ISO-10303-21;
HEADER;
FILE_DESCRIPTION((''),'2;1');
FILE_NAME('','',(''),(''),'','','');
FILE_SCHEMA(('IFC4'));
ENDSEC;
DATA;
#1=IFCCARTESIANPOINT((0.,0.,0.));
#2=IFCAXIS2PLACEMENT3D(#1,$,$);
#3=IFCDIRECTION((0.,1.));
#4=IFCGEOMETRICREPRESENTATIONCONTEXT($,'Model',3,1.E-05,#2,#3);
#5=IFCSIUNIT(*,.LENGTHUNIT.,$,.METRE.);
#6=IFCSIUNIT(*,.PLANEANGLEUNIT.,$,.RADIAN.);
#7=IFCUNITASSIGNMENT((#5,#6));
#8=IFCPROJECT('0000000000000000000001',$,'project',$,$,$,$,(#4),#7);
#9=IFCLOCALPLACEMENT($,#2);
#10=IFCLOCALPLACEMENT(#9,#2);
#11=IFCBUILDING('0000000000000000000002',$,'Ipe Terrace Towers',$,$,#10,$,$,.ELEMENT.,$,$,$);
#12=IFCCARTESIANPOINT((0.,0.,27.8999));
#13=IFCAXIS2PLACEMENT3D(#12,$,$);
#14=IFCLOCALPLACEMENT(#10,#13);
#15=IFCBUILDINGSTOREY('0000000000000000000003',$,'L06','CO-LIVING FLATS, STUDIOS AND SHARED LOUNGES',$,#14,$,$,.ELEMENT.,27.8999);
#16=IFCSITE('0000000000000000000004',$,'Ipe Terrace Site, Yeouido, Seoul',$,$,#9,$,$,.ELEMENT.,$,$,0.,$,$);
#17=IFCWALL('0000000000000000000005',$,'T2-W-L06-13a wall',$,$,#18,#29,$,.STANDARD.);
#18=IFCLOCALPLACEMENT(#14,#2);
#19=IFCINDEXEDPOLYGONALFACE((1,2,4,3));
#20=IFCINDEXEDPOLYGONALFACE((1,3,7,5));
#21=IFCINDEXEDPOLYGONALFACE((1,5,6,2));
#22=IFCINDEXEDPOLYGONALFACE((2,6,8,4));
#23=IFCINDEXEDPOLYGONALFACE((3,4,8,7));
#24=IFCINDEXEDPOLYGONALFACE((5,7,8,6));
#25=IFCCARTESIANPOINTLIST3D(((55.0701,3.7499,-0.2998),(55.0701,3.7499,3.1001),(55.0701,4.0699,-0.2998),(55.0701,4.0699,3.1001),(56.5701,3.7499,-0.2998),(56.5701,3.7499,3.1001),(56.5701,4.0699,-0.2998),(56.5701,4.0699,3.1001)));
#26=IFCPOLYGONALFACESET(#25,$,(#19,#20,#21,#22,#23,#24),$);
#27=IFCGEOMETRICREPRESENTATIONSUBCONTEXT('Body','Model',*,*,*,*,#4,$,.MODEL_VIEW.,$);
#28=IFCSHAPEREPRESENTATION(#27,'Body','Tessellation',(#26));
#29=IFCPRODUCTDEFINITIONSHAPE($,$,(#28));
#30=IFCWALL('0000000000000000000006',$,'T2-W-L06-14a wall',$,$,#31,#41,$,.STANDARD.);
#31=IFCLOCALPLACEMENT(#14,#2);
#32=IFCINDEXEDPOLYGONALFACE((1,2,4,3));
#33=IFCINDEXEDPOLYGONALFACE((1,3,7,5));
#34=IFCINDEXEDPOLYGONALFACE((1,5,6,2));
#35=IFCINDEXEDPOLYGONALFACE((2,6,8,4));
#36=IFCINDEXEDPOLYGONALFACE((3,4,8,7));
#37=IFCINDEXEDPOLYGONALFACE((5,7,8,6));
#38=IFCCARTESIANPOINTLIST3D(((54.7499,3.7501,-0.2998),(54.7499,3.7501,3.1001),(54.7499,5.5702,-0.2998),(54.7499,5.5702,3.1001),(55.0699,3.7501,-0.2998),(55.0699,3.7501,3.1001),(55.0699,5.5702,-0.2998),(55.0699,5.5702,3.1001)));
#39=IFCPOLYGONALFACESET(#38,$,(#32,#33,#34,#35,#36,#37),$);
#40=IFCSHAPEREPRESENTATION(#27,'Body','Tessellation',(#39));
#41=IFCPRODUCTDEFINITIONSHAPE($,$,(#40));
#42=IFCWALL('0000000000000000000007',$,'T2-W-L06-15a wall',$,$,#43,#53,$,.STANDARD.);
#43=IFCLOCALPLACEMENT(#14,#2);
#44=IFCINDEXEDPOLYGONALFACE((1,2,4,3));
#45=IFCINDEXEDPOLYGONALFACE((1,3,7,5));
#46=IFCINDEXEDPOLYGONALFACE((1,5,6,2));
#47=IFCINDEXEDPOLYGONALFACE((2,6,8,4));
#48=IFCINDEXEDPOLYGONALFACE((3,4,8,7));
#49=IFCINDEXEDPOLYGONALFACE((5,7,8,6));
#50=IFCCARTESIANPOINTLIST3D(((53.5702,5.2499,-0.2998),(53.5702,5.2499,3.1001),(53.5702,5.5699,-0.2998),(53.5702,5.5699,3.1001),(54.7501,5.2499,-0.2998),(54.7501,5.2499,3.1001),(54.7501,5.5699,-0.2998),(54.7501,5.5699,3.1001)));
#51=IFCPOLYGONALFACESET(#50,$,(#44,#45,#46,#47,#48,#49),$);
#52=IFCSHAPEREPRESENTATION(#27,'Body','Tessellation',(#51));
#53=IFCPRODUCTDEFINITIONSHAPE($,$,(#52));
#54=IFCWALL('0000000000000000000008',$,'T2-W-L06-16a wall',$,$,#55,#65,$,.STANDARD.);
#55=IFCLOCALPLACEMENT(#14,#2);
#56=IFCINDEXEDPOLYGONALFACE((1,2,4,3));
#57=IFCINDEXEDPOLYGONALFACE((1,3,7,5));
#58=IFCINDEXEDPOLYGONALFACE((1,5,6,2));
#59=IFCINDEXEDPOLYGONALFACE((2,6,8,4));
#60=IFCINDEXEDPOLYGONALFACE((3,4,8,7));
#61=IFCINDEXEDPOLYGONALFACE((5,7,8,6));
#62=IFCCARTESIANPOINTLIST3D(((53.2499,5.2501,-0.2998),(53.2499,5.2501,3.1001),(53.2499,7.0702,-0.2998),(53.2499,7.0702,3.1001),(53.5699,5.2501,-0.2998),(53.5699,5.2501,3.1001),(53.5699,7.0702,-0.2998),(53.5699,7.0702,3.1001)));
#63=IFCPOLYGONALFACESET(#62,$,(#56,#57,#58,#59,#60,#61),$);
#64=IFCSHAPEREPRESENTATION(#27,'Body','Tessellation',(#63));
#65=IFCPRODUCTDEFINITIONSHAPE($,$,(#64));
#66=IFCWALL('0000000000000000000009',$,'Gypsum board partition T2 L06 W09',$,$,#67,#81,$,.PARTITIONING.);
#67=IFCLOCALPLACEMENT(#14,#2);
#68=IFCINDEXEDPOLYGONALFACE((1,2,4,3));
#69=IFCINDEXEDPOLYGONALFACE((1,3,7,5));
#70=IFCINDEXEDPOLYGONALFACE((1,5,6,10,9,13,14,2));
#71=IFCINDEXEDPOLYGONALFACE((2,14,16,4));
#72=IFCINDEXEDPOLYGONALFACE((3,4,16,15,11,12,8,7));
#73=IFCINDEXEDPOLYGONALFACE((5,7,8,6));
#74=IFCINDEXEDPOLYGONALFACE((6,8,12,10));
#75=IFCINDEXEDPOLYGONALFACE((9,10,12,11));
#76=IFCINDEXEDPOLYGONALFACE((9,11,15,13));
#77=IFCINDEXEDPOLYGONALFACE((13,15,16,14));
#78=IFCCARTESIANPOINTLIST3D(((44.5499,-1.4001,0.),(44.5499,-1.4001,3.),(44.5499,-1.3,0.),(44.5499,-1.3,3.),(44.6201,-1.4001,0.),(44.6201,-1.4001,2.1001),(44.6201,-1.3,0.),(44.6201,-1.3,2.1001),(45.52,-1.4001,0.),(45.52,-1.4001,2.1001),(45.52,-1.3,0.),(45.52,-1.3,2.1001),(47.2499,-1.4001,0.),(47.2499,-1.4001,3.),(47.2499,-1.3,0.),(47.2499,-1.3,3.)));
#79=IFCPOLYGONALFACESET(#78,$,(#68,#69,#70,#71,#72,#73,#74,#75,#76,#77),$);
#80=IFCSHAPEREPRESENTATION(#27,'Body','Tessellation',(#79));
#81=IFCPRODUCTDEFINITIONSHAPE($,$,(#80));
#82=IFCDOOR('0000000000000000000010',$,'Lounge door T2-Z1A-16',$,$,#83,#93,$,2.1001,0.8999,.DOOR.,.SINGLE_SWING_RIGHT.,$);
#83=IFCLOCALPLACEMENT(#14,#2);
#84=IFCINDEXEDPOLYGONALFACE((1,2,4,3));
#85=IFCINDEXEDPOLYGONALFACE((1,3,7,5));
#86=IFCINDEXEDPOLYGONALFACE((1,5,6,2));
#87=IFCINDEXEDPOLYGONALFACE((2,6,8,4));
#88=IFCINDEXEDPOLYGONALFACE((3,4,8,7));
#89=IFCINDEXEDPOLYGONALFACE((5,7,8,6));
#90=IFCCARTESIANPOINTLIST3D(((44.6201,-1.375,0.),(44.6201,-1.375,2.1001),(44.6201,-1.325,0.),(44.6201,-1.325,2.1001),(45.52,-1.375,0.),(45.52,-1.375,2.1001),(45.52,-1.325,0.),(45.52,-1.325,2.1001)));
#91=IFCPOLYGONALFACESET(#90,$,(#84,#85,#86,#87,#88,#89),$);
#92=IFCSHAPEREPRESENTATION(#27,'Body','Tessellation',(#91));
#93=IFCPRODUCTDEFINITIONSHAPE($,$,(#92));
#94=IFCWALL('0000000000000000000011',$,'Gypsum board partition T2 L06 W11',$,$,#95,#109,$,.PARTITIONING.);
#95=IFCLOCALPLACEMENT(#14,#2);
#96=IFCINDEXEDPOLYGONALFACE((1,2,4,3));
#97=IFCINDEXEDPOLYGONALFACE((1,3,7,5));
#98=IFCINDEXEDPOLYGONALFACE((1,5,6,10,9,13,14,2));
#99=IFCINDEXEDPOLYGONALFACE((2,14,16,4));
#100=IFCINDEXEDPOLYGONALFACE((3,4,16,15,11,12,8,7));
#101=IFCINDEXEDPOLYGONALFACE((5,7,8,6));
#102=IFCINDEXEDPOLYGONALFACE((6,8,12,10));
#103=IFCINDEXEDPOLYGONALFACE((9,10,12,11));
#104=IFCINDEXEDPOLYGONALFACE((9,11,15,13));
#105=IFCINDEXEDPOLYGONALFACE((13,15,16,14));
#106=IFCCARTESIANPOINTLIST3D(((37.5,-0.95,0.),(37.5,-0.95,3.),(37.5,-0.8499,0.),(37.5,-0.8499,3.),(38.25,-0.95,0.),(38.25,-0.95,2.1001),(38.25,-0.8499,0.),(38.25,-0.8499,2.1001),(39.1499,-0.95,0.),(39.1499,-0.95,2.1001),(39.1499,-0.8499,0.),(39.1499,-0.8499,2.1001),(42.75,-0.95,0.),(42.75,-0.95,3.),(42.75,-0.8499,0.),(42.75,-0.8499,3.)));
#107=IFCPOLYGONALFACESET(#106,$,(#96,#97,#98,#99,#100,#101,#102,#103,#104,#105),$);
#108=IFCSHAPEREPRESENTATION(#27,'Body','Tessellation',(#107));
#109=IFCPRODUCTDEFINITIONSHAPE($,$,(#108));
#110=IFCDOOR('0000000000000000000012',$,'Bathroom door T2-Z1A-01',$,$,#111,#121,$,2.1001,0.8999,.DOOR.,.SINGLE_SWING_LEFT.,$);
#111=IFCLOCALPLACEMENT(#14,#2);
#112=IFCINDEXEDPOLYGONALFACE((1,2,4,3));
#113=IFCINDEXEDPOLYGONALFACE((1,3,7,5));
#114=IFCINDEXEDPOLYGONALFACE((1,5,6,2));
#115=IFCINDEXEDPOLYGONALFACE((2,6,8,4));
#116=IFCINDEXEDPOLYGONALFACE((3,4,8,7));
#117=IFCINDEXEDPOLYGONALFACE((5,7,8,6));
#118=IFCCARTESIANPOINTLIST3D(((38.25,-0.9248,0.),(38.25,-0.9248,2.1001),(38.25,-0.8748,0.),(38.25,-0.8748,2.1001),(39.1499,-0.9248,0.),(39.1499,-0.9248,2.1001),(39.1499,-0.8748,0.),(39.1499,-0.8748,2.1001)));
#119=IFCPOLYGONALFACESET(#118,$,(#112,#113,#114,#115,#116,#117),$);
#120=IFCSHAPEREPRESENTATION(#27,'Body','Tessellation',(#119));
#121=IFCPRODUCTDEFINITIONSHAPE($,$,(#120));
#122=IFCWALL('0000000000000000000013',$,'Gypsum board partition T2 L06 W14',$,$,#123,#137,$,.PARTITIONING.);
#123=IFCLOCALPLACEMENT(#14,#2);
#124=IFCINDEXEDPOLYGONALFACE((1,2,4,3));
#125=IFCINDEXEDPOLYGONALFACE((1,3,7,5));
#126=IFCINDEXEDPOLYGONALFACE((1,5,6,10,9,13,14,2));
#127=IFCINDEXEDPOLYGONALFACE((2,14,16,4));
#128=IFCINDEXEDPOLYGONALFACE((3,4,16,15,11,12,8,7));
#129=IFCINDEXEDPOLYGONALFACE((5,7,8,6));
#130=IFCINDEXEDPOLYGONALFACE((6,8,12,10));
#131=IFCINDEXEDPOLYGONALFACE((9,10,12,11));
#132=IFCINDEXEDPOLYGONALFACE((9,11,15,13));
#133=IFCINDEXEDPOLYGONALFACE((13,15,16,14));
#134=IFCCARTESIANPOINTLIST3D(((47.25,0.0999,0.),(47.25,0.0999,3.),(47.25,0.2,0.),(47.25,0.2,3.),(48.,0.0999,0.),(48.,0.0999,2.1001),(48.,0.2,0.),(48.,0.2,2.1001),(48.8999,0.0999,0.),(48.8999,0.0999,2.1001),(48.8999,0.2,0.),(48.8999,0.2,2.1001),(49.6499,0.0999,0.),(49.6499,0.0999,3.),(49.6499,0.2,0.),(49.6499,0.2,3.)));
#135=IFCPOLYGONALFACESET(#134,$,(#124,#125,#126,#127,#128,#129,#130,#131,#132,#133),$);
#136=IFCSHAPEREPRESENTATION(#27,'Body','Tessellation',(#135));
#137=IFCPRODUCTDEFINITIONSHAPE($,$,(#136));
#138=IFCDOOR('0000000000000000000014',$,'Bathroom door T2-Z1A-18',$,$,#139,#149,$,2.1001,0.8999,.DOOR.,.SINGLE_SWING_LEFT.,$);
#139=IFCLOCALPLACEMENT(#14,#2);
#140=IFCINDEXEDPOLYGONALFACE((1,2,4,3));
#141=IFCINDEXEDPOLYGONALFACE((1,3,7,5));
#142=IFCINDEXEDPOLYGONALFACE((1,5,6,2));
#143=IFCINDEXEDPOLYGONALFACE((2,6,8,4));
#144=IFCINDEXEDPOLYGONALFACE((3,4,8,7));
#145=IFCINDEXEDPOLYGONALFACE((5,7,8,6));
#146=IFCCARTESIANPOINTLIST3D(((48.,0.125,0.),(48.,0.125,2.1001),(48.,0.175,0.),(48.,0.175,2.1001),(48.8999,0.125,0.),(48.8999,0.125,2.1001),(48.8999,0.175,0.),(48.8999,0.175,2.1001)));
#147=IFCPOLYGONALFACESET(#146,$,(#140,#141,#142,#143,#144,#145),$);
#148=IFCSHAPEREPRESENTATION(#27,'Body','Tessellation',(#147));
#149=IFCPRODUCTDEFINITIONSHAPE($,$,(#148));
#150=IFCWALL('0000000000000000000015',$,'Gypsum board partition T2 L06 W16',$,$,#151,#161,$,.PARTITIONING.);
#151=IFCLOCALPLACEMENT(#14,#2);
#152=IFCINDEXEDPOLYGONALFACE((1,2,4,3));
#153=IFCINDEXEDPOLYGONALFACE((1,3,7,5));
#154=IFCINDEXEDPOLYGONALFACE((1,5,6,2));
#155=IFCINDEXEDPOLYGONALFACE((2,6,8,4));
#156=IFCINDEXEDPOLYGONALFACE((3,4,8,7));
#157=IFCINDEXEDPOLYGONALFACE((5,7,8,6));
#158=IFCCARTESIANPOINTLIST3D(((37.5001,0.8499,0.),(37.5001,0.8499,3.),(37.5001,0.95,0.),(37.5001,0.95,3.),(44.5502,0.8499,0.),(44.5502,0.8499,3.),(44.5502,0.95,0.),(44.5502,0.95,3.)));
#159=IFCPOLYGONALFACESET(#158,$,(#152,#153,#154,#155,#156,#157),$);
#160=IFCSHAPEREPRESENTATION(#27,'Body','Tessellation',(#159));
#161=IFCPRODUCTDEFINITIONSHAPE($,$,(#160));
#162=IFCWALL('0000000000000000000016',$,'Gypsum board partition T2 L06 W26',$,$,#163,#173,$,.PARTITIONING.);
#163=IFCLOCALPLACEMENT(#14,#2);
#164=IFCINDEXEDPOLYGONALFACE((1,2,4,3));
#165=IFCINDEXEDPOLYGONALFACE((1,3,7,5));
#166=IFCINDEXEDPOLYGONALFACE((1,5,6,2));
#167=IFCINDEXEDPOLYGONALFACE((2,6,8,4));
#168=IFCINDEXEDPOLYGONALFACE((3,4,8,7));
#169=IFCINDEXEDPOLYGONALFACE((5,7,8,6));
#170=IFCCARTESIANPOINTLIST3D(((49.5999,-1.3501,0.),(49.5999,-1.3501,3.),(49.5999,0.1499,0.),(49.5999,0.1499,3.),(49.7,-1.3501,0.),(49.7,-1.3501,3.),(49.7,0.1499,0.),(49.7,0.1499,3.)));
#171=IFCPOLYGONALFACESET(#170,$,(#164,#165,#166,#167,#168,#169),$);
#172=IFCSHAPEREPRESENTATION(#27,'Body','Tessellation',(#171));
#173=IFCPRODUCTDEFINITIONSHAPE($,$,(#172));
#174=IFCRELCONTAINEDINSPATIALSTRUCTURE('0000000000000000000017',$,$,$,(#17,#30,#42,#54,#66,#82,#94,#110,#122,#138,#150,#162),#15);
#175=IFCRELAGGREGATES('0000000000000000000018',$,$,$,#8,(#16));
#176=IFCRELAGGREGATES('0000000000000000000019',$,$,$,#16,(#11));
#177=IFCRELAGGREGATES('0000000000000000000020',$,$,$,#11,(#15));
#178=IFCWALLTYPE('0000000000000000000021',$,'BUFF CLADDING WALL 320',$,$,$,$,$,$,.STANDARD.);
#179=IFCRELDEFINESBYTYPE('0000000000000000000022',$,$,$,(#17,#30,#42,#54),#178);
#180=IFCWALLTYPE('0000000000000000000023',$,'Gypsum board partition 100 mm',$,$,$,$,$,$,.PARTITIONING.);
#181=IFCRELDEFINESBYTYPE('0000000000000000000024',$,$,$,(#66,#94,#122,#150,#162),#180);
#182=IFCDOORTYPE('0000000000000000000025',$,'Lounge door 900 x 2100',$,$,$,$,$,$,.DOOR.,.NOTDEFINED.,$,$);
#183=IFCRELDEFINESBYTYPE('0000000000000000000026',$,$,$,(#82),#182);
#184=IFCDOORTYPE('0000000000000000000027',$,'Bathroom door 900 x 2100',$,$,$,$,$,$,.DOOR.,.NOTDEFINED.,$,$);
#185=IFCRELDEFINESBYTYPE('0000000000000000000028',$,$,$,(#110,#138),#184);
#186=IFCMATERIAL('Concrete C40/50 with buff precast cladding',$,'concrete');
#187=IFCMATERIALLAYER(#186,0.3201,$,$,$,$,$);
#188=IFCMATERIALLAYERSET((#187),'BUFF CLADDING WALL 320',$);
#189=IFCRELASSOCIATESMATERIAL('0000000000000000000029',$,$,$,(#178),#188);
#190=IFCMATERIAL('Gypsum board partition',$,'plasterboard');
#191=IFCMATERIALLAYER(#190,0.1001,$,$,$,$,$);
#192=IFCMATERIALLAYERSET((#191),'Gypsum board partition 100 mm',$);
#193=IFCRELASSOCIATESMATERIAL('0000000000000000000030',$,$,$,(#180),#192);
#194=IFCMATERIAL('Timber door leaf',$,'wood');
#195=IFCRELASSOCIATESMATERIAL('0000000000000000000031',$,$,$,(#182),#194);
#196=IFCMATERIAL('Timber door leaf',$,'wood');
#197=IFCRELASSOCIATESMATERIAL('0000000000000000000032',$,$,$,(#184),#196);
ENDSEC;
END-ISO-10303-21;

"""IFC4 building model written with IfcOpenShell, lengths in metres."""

from ifc_helpers import new_model, si_unit, direction, frame, frame_2d, origin, place, context, subcontext, project, spatial, rectangle, extrude, material, layer, layer_set, type_object, element, fill, save


model = new_model("IFC4")

# Units and contexts
model_context = context("Model", 3, precision=1e-05, world=origin(), true_north=direction((0.0, 1.0)))
body_context = subcontext(model_context, "Body", "Model", "MODEL_VIEW")
ifc_project = project(units=[si_unit("LENGTHUNIT", "METRE"), si_unit("PLANEANGLEUNIT", "RADIAN")], contexts=[model_context])

# Site, building, storey
site_placement = place(None, origin())
site = spatial("IfcSite", under=ifc_project, at=site_placement, Name="Ipe Terrace Site, Yeouido, Seoul", CompositionType="ELEMENT", RefElevation=0.0)
building_placement = place(site_placement, origin())
building = spatial("IfcBuilding", under=site, at=building_placement, Name="Ipe Terrace Towers", CompositionType="ELEMENT")
storey_placement = place(building_placement, frame((0.0, 0.0, 27.8999)))
storey = spatial("IfcBuildingStorey", under=building, at=storey_placement, Name="L06", Description="CO-LIVING FLATS, STUDIOS AND SHARED LOUNGES", CompositionType="ELEMENT", Elevation=27.8999)

# Walls
ifc_material_1 = material(Name="Concrete C40/50 with buff precast cladding", Category="concrete")
ifc_layer_1 = layer(ifc_material_1, 0.3201)
ifc_layer_set_1 = layer_set([ifc_layer_1], Name="BUFF CLADDING WALL 320")
wall_type_1 = type_object("IfcWallType", Name="BUFF CLADDING WALL 320", PredefinedType="STANDARD", material=ifc_layer_set_1)
wall_1_placement = place(storey_placement, frame((56.5701, 3.9099, -0.2998), z_axis=(0.0, 0.0, 1.0), x_axis=(-1.0, 0.0, 0.0)))
element("IfcWall", 1, at=wall_1_placement, inside=storey, type_object=wall_type_1, Name="T2-W-L06-13a wall", PredefinedType="STANDARD", context=body_context, shape_type="SweptSolid", body=[
    extrude(rectangle(XDim=1.5, YDim=0.3201, at=frame_2d((0.75, 0.0))), origin(), (0.0, 0.0, 1.0), 3.3999),
])
wall_2_placement = place(storey_placement, frame((54.9099, 3.75, -0.2998), z_axis=(0.0, 0.0, 1.0), x_axis=(0.0, 1.0, 0.0)))
element("IfcWall", 2, at=wall_2_placement, inside=storey, type_object=wall_type_1, Name="T2-W-L06-14a wall", PredefinedType="STANDARD", context=body_context, shape_type="SweptSolid", body=[
    extrude(rectangle(XDim=1.8201, YDim=0.3201, at=frame_2d((0.9102, 0.0))), origin(), (0.0, 0.0, 1.0), 3.3999),
])
wall_3_placement = place(storey_placement, frame((54.75, 5.4099, -0.2998), z_axis=(0.0, 0.0, 1.0), x_axis=(-1.0, 0.0, 0.0)))
element("IfcWall", 3, at=wall_3_placement, inside=storey, type_object=wall_type_1, Name="T2-W-L06-15a wall", PredefinedType="STANDARD", context=body_context, shape_type="SweptSolid", body=[
    extrude(rectangle(XDim=1.1799, YDim=0.3201, at=frame_2d((0.5898, 0.0))), origin(), (0.0, 0.0, 1.0), 3.3999),
])
wall_4_placement = place(storey_placement, frame((53.4099, 5.25, -0.2998), z_axis=(0.0, 0.0, 1.0), x_axis=(0.0, 1.0, 0.0)))
element("IfcWall", 4, at=wall_4_placement, inside=storey, type_object=wall_type_1, Name="T2-W-L06-16a wall", PredefinedType="STANDARD", context=body_context, shape_type="SweptSolid", body=[
    extrude(rectangle(XDim=1.8201, YDim=0.3201, at=frame_2d((0.9102, 0.0))), origin(), (0.0, 0.0, 1.0), 3.3999),
])

# Walls, openings, doors
ifc_material_2 = material(Name="Gypsum board partition", Category="plasterboard")
ifc_layer_2 = layer(ifc_material_2, 0.1001)
ifc_layer_set_2 = layer_set([ifc_layer_2], Name="Gypsum board partition 100 mm")
wall_type_2 = type_object("IfcWallType", Name="Gypsum board partition 100 mm", PredefinedType="PARTITIONING", material=ifc_layer_set_2)
wall_5_placement = place(storey_placement, frame((47.25, -1.3501, 0.0), z_axis=(0.0, 0.0, 1.0), x_axis=(-1.0, 0.0, 0.0)))
wall_5 = element("IfcWall", 5, at=wall_5_placement, inside=storey, type_object=wall_type_2, Name="Gypsum board partition T2 L06 W09", PredefinedType="PARTITIONING", context=body_context, shape_type="SweptSolid", body=[
    extrude(rectangle(XDim=2.7, YDim=0.1001, at=frame_2d((1.3501, 0.0))), origin(), (0.0, 0.0, 1.0), 3.0),
])
opening_1_placement = place(wall_5_placement, frame((1.73, 0.0, 0.0)))
opening_1 = element("IfcOpeningElement", 6, at=opening_1_placement, cuts=wall_5, PredefinedType="OPENING", context=body_context, shape_type="SweptSolid", body=[
    extrude(rectangle(XDim=0.8999, YDim=2.1001, at=frame_2d((0.45, 1.05))), frame((0.0, 0.0601, 0.0), z_axis=(0.0, -1.0, 0.0), x_axis=(1.0, 0.0, 0.0)), (0.0, 0.0, 1.0), 0.1201),
])
ifc_material_3 = material(Name="Timber door leaf", Category="wood")
door_type_1 = type_object("IfcDoorType", Name="Lounge door 900 x 2100", OperationType="NOTDEFINED", PredefinedType="DOOR", material=ifc_material_3)
door_1_placement = place(opening_1_placement, origin())
door_1 = element("IfcDoor", 7, at=door_1_placement, inside=storey, type_object=door_type_1, Name="Lounge door T2-Z1A-16", OperationType="SINGLE_SWING_RIGHT", OverallHeight=2.1001, OverallWidth=0.8999, PredefinedType="DOOR", context=body_context, shape_type="SweptSolid", body=[
    extrude(rectangle(XDim=0.8999, YDim=2.1001, at=frame_2d((0.45, 1.05))), frame((0.0, 0.0249, 0.0), z_axis=(0.0, -1.0, 0.0), x_axis=(1.0, 0.0, 0.0)), (0.0, 0.0, 1.0), 0.05),
])
fill(opening_1, door_1)
wall_6_placement = place(storey_placement, frame((42.75, -0.8999, 0.0), z_axis=(0.0, 0.0, 1.0), x_axis=(-1.0, 0.0, 0.0)))
wall_6 = element("IfcWall", 8, at=wall_6_placement, inside=storey, type_object=wall_type_2, Name="Gypsum board partition T2 L06 W11", PredefinedType="PARTITIONING", context=body_context, shape_type="SweptSolid", body=[
    extrude(rectangle(XDim=5.25, YDim=0.1001, at=frame_2d((2.625, 0.0))), origin(), (0.0, 0.0, 1.0), 3.0),
])
opening_2_placement = place(wall_6_placement, frame((3.6001, 0.0, 0.0)))
opening_2 = element("IfcOpeningElement", 9, at=opening_2_placement, cuts=wall_6, PredefinedType="OPENING", context=body_context, shape_type="SweptSolid", body=[
    extrude(rectangle(XDim=0.8999, YDim=2.1001, at=frame_2d((0.45, 1.05))), frame((0.0, 0.0601, 0.0), z_axis=(0.0, -1.0, 0.0), x_axis=(1.0, 0.0, 0.0)), (0.0, 0.0, 1.0), 0.1201),
])
ifc_material_4 = material(Name="Timber door leaf", Category="wood")
door_type_2 = type_object("IfcDoorType", Name="Bathroom door 900 x 2100", OperationType="NOTDEFINED", PredefinedType="DOOR", material=ifc_material_4)
door_2_placement = place(opening_2_placement, origin())
door_2 = element("IfcDoor", 10, at=door_2_placement, inside=storey, type_object=door_type_2, Name="Bathroom door T2-Z1A-01", OperationType="SINGLE_SWING_LEFT", OverallHeight=2.1001, OverallWidth=0.8999, PredefinedType="DOOR", context=body_context, shape_type="SweptSolid", body=[
    extrude(rectangle(XDim=0.8999, YDim=2.1001, at=frame_2d((0.45, 1.05))), frame((0.0, 0.0249, 0.0), z_axis=(0.0, -1.0, 0.0), x_axis=(1.0, 0.0, 0.0)), (0.0, 0.0, 1.0), 0.05),
])
fill(opening_2, door_2)
wall_7_placement = place(storey_placement, frame((49.6499, 0.1499, 0.0), z_axis=(0.0, 0.0, 1.0), x_axis=(-1.0, 0.0, 0.0)))
wall_7 = element("IfcWall", 11, at=wall_7_placement, inside=storey, type_object=wall_type_2, Name="Gypsum board partition T2 L06 W14", PredefinedType="PARTITIONING", context=body_context, shape_type="SweptSolid", body=[
    extrude(rectangle(XDim=2.3999, YDim=0.1001, at=frame_2d((1.2, 0.0))), origin(), (0.0, 0.0, 1.0), 3.0),
])
opening_3_placement = place(wall_7_placement, frame((0.75, 0.0, 0.0)))
opening_3 = element("IfcOpeningElement", 12, at=opening_3_placement, cuts=wall_7, PredefinedType="OPENING", context=body_context, shape_type="SweptSolid", body=[
    extrude(rectangle(XDim=0.8999, YDim=2.1001, at=frame_2d((0.45, 1.05))), frame((0.0, 0.0601, 0.0), z_axis=(0.0, -1.0, 0.0), x_axis=(1.0, 0.0, 0.0)), (0.0, 0.0, 1.0), 0.1201),
])
door_3_placement = place(opening_3_placement, origin())
door_3 = element("IfcDoor", 13, at=door_3_placement, inside=storey, type_object=door_type_2, Name="Bathroom door T2-Z1A-18", OperationType="SINGLE_SWING_LEFT", OverallHeight=2.1001, OverallWidth=0.8999, PredefinedType="DOOR", context=body_context, shape_type="SweptSolid", body=[
    extrude(rectangle(XDim=0.8999, YDim=2.1001, at=frame_2d((0.45, 1.05))), frame((0.0, 0.0249, 0.0), z_axis=(0.0, -1.0, 0.0), x_axis=(1.0, 0.0, 0.0)), (0.0, 0.0, 1.0), 0.05),
])
fill(opening_3, door_3)

# Walls
wall_8_placement = place(storey_placement, frame((44.55, 0.8999, 0.0), z_axis=(0.0, 0.0, 1.0), x_axis=(-1.0, 0.0, 0.0)))
element("IfcWall", 14, at=wall_8_placement, inside=storey, type_object=wall_type_2, Name="Gypsum board partition T2 L06 W16", PredefinedType="PARTITIONING", context=body_context, shape_type="SweptSolid", body=[
    extrude(rectangle(XDim=7.05, YDim=0.1001, at=frame_2d((3.5249, 0.0))), origin(), (0.0, 0.0, 1.0), 3.0),
])
wall_9_placement = place(storey_placement, frame((49.6499, -1.3501, 0.0), z_axis=(0.0, 0.0, 1.0), x_axis=(0.0, 1.0, 0.0)))
element("IfcWall", 15, at=wall_9_placement, inside=storey, type_object=wall_type_2, Name="Gypsum board partition T2 L06 W26", PredefinedType="PARTITIONING", context=body_context, shape_type="SweptSolid", body=[
    extrude(rectangle(XDim=1.5, YDim=0.1001, at=frame_2d((0.75, 0.0))), origin(), (0.0, 0.0, 1.0), 3.0),
])

save(model, "model.ifc")
